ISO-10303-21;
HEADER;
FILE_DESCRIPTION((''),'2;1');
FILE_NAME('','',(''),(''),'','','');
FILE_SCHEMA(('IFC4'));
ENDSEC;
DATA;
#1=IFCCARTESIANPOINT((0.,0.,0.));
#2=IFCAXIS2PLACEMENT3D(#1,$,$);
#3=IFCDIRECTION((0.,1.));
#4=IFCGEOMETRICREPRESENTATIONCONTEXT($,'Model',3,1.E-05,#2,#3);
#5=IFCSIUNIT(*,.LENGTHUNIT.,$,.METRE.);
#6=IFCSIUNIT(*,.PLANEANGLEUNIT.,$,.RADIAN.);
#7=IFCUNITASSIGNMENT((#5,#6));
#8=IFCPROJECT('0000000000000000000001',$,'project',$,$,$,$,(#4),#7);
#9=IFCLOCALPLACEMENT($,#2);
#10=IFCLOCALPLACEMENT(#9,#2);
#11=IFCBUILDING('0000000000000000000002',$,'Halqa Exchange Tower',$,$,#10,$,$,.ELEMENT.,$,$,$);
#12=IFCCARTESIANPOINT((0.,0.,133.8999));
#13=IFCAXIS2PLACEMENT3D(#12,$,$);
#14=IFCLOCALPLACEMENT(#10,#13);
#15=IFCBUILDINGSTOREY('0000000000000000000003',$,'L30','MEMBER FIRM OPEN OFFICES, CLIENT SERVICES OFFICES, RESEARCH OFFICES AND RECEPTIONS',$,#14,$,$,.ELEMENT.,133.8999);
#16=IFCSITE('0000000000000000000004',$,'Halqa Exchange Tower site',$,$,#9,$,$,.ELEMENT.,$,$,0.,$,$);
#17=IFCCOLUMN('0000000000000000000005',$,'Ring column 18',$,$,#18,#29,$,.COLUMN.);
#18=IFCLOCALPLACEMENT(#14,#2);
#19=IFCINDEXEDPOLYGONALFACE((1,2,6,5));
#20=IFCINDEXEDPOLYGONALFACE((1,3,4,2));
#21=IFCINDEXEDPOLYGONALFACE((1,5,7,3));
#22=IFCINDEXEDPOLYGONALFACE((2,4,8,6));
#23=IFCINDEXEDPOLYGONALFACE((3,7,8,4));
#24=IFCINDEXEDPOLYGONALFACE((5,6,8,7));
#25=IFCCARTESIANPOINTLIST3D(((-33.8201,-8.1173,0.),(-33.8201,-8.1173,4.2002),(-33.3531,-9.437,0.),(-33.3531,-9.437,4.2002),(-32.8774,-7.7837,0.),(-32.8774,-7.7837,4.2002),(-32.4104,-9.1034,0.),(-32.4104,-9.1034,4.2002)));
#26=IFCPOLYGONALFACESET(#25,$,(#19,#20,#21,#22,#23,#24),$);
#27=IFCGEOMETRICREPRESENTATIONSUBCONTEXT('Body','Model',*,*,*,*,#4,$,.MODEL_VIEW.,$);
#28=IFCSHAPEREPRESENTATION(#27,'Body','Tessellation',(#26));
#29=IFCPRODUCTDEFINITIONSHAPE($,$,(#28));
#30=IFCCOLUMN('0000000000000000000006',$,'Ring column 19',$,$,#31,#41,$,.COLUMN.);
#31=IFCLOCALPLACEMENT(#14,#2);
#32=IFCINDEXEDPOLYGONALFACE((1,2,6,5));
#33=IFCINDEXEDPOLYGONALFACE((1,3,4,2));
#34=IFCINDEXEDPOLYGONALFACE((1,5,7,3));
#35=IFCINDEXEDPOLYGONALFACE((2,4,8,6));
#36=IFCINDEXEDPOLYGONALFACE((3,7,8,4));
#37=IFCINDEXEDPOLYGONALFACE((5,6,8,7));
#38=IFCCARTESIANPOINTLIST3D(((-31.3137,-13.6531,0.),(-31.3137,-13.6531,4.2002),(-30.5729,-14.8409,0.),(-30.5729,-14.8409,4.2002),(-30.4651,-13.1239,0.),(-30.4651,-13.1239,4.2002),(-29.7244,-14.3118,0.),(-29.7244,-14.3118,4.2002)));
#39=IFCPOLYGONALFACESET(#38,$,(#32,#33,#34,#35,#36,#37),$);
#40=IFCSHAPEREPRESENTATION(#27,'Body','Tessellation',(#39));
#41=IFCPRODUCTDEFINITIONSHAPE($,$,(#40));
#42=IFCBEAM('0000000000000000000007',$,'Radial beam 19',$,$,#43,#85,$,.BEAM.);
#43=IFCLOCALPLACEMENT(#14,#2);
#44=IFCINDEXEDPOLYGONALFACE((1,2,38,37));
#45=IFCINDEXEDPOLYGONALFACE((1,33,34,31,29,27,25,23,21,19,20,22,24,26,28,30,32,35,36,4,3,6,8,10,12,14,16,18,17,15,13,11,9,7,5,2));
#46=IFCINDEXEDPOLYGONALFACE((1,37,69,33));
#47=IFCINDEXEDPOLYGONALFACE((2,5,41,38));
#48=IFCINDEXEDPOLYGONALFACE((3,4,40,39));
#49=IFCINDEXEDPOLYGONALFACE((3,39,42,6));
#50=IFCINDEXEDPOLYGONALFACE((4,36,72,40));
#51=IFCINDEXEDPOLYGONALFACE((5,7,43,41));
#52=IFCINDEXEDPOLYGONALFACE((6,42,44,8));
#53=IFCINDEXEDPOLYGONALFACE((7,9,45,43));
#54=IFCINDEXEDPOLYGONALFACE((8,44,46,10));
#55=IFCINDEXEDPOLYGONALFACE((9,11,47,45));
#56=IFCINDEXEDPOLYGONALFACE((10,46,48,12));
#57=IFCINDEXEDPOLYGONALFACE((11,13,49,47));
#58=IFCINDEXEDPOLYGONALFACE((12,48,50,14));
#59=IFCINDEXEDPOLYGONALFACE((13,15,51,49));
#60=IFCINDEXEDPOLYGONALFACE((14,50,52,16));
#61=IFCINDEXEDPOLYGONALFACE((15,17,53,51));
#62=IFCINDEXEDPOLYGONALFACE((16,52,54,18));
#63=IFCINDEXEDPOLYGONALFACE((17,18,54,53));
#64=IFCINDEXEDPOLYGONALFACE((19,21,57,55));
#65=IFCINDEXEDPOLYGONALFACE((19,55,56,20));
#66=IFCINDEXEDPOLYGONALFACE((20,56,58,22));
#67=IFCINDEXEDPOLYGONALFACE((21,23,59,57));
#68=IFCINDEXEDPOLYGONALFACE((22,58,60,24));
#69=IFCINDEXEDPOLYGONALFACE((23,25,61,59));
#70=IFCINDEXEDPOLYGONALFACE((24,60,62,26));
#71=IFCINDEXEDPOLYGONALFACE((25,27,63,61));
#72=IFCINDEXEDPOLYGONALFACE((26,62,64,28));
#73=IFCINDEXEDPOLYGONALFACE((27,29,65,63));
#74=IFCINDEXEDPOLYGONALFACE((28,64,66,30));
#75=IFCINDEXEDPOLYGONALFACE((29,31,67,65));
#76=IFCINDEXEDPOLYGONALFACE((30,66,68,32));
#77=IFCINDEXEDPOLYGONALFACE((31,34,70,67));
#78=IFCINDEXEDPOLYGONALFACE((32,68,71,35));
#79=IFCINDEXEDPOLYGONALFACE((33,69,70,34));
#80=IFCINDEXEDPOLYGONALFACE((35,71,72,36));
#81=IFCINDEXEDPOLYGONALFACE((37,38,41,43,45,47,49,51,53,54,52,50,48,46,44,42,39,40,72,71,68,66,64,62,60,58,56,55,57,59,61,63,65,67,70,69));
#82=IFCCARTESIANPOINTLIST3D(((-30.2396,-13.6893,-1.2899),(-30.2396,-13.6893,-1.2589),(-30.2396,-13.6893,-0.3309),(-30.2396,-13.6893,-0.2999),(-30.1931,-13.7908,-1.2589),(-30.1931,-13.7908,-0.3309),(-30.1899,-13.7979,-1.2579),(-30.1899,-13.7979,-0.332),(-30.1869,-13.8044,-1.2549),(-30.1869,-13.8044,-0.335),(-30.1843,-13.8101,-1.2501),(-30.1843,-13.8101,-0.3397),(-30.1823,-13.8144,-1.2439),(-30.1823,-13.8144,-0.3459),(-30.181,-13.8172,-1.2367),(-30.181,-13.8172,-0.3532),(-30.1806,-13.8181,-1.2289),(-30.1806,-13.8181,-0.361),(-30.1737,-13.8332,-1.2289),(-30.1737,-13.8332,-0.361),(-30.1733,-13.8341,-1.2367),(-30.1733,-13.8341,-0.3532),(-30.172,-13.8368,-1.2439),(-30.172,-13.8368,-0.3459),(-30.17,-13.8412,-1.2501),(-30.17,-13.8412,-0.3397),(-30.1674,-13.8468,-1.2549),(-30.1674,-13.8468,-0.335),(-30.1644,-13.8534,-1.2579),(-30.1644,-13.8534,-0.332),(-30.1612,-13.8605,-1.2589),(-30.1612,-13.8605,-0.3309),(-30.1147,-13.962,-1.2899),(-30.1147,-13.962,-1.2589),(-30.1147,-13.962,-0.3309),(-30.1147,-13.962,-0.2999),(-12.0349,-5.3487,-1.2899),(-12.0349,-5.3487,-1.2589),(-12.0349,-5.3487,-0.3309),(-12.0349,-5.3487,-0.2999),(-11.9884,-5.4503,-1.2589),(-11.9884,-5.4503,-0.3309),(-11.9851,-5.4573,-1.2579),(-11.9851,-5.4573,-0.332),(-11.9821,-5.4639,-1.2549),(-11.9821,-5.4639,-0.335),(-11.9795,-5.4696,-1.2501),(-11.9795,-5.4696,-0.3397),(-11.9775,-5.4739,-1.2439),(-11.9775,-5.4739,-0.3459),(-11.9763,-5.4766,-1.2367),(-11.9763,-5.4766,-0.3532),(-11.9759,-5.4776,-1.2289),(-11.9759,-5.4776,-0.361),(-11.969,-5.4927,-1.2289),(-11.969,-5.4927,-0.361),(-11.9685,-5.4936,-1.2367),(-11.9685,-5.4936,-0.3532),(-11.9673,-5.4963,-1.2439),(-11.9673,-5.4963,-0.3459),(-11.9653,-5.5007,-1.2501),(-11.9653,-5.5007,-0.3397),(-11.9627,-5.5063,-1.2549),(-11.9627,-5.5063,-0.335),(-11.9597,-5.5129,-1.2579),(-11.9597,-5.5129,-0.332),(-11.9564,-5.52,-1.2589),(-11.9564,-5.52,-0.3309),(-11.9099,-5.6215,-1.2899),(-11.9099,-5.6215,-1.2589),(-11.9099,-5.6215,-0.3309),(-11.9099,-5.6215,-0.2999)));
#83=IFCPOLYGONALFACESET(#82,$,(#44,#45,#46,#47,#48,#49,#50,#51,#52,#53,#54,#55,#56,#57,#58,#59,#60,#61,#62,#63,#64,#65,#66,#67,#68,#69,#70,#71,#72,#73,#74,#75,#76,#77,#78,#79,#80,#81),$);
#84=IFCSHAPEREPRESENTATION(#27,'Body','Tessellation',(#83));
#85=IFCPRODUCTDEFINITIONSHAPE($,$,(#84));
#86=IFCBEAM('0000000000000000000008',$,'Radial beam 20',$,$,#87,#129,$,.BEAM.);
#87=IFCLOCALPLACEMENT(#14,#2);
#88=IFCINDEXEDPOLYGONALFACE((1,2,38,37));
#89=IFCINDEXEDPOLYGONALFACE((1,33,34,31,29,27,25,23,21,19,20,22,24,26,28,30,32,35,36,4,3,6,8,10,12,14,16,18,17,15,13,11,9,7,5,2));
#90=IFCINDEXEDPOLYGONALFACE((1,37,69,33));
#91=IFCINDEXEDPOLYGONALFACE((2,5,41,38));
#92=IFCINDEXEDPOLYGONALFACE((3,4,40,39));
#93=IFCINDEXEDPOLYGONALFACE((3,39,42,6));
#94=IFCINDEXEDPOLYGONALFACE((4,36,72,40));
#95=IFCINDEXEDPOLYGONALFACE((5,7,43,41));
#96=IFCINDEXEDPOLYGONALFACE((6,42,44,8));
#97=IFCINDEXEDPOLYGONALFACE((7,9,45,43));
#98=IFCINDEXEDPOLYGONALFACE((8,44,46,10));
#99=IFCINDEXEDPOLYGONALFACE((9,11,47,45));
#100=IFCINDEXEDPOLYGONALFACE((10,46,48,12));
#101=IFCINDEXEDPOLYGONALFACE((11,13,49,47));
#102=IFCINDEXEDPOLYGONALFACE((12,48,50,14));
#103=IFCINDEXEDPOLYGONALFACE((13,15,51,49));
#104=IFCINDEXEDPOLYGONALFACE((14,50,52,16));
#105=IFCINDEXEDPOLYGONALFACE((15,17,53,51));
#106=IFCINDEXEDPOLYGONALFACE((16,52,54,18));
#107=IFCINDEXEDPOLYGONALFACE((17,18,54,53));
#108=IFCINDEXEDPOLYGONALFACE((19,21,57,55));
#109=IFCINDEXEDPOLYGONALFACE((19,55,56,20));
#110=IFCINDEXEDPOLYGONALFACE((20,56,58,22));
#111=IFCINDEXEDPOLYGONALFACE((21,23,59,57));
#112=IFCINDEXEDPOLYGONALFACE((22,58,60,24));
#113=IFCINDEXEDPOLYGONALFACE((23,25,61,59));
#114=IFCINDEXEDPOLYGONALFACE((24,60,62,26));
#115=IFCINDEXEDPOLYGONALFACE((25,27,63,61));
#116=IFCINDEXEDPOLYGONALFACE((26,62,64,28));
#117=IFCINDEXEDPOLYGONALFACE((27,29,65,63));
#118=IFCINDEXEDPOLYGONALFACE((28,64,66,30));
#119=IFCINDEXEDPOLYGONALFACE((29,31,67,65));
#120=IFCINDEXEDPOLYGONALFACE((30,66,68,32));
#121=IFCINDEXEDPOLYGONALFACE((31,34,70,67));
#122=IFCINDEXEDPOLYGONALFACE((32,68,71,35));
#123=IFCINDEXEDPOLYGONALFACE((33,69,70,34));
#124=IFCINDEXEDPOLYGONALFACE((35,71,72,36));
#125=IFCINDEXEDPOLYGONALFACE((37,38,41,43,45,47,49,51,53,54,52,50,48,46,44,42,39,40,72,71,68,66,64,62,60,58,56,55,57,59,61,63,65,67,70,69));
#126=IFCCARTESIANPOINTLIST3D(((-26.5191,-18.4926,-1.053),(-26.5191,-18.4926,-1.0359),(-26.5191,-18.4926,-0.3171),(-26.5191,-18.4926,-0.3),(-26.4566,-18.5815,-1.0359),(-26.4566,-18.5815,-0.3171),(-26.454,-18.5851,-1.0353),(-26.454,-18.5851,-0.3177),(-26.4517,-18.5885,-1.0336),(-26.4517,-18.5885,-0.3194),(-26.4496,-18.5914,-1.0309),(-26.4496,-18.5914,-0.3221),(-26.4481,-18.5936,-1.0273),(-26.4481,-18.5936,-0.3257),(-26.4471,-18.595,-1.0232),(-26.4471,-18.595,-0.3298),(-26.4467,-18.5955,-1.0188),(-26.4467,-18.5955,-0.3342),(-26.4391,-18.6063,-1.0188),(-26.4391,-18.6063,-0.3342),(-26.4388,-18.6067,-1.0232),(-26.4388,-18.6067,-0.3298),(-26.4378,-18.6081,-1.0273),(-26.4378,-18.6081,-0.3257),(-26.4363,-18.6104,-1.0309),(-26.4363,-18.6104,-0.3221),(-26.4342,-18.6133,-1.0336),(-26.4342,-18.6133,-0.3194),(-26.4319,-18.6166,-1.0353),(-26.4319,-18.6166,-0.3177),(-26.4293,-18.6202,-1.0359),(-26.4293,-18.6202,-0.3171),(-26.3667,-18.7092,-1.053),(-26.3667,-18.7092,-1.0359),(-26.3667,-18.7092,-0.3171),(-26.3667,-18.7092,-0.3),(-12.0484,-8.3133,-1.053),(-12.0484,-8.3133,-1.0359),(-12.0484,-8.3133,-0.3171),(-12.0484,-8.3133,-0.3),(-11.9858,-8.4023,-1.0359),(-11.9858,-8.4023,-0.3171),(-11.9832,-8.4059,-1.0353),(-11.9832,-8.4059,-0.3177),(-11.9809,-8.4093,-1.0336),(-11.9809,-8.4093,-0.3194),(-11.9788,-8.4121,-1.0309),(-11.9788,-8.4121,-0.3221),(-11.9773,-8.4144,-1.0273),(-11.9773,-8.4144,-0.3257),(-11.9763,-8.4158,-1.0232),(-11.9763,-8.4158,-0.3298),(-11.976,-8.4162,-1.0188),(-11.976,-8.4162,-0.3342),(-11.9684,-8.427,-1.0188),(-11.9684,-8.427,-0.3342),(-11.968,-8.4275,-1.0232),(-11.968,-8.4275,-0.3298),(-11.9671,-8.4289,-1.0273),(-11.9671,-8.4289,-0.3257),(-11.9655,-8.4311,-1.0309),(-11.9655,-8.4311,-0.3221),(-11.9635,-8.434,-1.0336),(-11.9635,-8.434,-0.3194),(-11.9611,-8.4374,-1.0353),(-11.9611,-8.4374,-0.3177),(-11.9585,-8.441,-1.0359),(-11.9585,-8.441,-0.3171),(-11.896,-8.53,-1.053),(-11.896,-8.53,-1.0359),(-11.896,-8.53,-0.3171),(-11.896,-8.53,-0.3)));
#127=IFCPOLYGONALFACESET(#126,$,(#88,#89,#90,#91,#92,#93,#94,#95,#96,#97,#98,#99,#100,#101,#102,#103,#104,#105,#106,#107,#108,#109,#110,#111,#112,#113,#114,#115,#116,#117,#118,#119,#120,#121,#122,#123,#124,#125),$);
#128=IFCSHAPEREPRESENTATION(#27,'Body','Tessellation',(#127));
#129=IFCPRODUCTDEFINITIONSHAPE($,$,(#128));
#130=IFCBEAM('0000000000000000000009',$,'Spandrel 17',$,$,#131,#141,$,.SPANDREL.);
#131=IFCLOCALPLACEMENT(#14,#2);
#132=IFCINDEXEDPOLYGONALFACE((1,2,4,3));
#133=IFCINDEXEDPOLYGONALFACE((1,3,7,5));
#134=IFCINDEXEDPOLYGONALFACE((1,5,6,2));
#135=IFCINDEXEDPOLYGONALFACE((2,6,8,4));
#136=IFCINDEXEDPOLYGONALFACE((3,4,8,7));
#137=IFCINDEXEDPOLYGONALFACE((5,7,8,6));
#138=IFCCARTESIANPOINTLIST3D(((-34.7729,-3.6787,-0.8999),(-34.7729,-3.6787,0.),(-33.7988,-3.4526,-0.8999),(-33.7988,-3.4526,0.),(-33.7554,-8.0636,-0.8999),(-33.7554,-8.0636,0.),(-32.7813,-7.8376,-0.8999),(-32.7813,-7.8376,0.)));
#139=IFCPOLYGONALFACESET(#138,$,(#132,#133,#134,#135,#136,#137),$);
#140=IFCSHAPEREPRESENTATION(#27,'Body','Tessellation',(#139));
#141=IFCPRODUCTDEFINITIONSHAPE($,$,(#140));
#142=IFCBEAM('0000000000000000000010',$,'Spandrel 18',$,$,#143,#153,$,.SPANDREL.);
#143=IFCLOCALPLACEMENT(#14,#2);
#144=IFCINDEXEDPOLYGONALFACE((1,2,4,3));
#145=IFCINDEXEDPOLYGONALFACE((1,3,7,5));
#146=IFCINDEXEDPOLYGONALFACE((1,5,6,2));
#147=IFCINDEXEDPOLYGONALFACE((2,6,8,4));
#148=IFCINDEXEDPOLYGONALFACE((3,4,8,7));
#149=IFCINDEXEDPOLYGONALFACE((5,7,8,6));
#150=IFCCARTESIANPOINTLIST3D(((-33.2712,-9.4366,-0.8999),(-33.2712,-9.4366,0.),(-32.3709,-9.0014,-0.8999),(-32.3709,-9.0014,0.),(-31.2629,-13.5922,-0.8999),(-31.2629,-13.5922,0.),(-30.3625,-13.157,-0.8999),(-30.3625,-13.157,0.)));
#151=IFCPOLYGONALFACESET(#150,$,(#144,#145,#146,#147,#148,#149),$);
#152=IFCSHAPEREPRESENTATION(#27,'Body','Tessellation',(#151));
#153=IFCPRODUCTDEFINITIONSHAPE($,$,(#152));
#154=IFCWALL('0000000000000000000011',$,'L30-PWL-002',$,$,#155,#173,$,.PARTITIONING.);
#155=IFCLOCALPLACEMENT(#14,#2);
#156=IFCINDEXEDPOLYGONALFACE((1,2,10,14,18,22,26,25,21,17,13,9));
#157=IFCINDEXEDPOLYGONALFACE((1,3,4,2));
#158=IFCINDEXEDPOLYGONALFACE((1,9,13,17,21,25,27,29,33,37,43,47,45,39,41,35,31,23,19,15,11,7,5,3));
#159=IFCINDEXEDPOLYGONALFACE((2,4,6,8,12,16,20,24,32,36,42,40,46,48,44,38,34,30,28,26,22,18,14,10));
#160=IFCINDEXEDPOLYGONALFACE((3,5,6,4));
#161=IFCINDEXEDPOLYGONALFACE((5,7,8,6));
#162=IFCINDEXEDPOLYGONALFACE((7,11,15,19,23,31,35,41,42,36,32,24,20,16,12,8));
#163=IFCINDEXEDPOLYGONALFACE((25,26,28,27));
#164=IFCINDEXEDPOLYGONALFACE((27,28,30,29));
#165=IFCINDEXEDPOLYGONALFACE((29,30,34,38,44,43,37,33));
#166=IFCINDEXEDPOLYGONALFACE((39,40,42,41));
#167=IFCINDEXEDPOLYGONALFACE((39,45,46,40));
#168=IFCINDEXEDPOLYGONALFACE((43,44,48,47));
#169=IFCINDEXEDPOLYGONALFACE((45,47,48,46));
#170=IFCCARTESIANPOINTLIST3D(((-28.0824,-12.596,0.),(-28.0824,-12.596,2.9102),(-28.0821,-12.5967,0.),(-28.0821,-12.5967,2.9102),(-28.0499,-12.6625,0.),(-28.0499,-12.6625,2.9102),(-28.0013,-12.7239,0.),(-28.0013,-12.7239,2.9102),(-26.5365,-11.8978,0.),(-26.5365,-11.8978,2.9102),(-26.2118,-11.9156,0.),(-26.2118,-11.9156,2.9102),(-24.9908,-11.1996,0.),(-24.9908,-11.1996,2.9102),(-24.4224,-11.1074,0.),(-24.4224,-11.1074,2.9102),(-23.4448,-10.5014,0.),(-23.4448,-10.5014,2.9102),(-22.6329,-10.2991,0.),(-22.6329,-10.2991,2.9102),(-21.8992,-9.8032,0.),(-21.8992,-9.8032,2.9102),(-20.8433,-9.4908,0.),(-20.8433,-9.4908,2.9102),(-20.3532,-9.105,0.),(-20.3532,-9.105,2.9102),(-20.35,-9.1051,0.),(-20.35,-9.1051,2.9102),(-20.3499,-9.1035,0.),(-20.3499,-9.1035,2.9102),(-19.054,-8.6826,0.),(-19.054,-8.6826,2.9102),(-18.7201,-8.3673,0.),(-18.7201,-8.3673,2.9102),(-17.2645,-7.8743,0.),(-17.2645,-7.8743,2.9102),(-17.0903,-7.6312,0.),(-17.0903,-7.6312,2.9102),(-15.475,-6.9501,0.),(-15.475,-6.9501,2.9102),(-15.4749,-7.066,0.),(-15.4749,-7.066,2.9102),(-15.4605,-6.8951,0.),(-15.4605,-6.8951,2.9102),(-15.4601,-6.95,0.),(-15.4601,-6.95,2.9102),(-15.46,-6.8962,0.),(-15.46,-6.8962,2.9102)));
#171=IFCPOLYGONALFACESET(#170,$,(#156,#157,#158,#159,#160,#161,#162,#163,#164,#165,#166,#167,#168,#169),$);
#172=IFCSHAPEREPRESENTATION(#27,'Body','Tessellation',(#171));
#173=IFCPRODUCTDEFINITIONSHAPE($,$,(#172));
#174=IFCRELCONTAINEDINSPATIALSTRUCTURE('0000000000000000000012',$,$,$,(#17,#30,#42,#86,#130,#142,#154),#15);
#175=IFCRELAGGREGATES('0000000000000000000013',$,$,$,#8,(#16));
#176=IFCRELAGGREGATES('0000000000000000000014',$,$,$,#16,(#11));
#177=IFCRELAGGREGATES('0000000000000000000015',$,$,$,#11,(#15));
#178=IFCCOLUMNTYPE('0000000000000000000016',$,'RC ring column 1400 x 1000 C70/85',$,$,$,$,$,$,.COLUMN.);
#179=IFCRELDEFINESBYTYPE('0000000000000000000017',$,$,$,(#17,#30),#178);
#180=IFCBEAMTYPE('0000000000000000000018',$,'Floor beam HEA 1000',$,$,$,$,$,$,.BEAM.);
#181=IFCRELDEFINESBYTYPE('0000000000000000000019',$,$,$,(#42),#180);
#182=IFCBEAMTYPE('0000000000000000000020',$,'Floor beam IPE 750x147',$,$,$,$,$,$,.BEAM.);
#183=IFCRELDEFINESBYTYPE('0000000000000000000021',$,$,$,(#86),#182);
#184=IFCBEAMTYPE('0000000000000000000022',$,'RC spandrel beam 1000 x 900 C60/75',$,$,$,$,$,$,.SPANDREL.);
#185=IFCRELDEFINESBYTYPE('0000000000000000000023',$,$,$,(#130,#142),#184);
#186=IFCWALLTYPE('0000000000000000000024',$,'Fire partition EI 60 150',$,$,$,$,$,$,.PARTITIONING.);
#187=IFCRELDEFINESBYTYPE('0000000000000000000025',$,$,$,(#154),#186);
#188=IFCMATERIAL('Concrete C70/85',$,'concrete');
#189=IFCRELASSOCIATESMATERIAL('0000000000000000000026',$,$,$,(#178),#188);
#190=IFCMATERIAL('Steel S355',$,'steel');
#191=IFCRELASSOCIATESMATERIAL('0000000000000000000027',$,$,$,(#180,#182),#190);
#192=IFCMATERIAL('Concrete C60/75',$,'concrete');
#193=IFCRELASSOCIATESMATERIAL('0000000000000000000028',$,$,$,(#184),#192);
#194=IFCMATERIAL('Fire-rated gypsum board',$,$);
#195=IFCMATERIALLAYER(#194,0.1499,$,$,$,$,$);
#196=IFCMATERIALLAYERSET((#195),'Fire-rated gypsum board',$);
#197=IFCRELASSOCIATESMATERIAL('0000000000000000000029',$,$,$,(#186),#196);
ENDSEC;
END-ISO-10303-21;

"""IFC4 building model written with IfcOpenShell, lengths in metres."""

from ifc_helpers import new_model, si_unit, direction, frame, origin, origin_2d, place, context, subcontext, project, spatial, polyline, rectangle, i_section, outline, extrude, material, layer, layer_set, material_profile, profile_set, type_object, element, save


model = new_model("IFC4")

# Units and contexts
model_context = context("Model", 3, precision=1e-05, world=origin(), true_north=direction((0.0, 1.0)))
body_context = subcontext(model_context, "Body", "Model", "MODEL_VIEW")
ifc_project = project(units=[si_unit("LENGTHUNIT", "METRE"), si_unit("PLANEANGLEUNIT", "RADIAN")], contexts=[model_context])

# Site, building, storey
site_placement = place(None, origin())
site = spatial("IfcSite", under=ifc_project, at=site_placement, Name="Halqa Exchange Tower site", CompositionType="ELEMENT", RefElevation=0.0)
building_placement = place(site_placement, origin())
building = spatial("IfcBuilding", under=site, at=building_placement, Name="Halqa Exchange Tower", CompositionType="ELEMENT")
storey_placement = place(building_placement, frame((0.0, 0.0, 133.8999)))
storey = spatial("IfcBuildingStorey", under=building, at=storey_placement, Name="L30", Description="MEMBER FIRM OPEN OFFICES, CLIENT SERVICES OFFICES, RESEARCH OFFICES AND RECEPTIONS", CompositionType="ELEMENT", Elevation=133.8999)

# Columns
ifc_material_1 = material(Name="Concrete C70/85", Category="concrete")
ifc_material_profile_1 = material_profile(ifc_material_1, rectangle(XDim=1.3999, YDim=1.0, at=origin_2d()), Name="1400 x 1000")
ifc_profile_set_1 = profile_set([ifc_material_profile_1], Name="Concrete C70/85")
column_type = type_object("IfcColumnType", Name="RC ring column 1400 x 1000 C70/85", PredefinedType="COLUMN", material=ifc_profile_set_1)
for number, where, z_axis, x_axis, name in (
    (1, (-33.1152, -8.6104, 0.0), (0.0, 0.0, 1.0), (0.333636, -0.942702, 0.0), "Ring column 18"),
    (2, (-30.519, -13.9824, 0.0), (0.0, 0.0, 1.0), (0.529138, -0.848536, 0.0), "Ring column 19"),
):
    element("IfcColumn", number, at=place(storey_placement, frame(where, z_axis=z_axis, x_axis=x_axis)), inside=storey, type_object=column_type, Name=name, PredefinedType="COLUMN", context=body_context, shape_type="SweptSolid", body=[
        extrude(rectangle(XDim=1.3999, YDim=1.0, at=origin_2d()), origin(), (0.0, 0.0, 1.0), 4.2002),
    ])

# Beams
ifc_material_2 = material(Name="Steel S355", Category="steel")
ifc_material_profile_2 = material_profile(ifc_material_2, i_section(OverallWidth=0.3, OverallDepth=0.99, WebThickness=0.0166, FlangeThickness=0.031, FilletRadius=0.03, at=origin_2d()), Name="HEA 1000")
ifc_profile_set_2 = profile_set([ifc_material_profile_2], Name="Steel S355")
beam_type_1 = type_object("IfcBeamType", Name="Floor beam HEA 1000", PredefinedType="BEAM", material=ifc_profile_set_2)
beam_1_placement = place(storey_placement, frame((-11.9724, -5.4851, -0.7949), z_axis=(-0.909127, -0.416518, 0.0), x_axis=(0.416518, -0.909127, 0.0)))
element("IfcBeam", 3, at=beam_1_placement, inside=storey, type_object=beam_type_1, Name="Radial beam 19", PredefinedType="BEAM", context=body_context, shape_type="SweptSolid", body=[
    extrude(i_section(OverallWidth=0.3, OverallDepth=0.99, WebThickness=0.0166, FlangeThickness=0.031, FilletRadius=0.03, at=origin_2d()), origin(), (0.0, 0.0, 1.0), 20.0244),
])
ifc_material_profile_3 = material_profile(ifc_material_2, i_section(OverallWidth=0.2649, OverallDepth=0.7529, WebThickness=0.0132, FlangeThickness=0.0171, FilletRadius=0.0171, at=origin_2d()), Name="IPE 750x147")
ifc_profile_set_3 = profile_set([ifc_material_profile_3], Name="Steel S355")
beam_type_2 = type_object("IfcBeamType", Name="Floor beam IPE 750x147", PredefinedType="BEAM", material=ifc_profile_set_3)
beam_2_placement = place(storey_placement, frame((-11.9722, -8.4216, -0.6765), z_axis=(-0.81791, -0.575346, 0.0), x_axis=(0.575346, -0.81791, 0.0)))
element("IfcBeam", 4, at=beam_2_placement, inside=storey, type_object=beam_type_2, Name="Radial beam 20", PredefinedType="BEAM", context=body_context, shape_type="SweptSolid", body=[
    extrude(i_section(OverallWidth=0.2649, OverallDepth=0.7529, WebThickness=0.0132, FlangeThickness=0.0171, FilletRadius=0.0171, at=origin_2d()), origin(), (0.0, 0.0, 1.0), 17.6924),
])
ifc_material_3 = material(Name="Concrete C60/75", Category="concrete")
ifc_material_profile_4 = material_profile(ifc_material_3, rectangle(XDim=1.0, YDim=0.8999, at=origin_2d()), Name="1000 x 900")
ifc_profile_set_4 = profile_set([ifc_material_profile_4], Name="Concrete C60/75")
beam_type_3 = type_object("IfcBeamType", Name="RC spandrel beam 1000 x 900 C60/75", PredefinedType="SPANDREL", material=ifc_profile_set_4)
beam_3_placement = place(storey_placement, frame((-34.2859, -3.5657, -0.45), z_axis=(0.226052, -0.974115, 0.0), x_axis=(0.974115, 0.226052, 0.0)))
element("IfcBeam", 5, at=beam_3_placement, inside=storey, type_object=beam_type_3, Name="Spandrel 17", PredefinedType="SPANDREL", context=body_context, shape_type="SweptSolid", body=[
    extrude(rectangle(XDim=1.0, YDim=0.8999, at=origin_2d()), origin(), (0.0, 0.0, 1.0), 4.5015),
])
beam_4_placement = place(storey_placement, frame((-32.821, -9.219, -0.45), z_axis=(0.435134, -0.900366, 0.0), x_axis=(0.900366, 0.435134, 0.0)))
element("IfcBeam", 6, at=beam_4_placement, inside=storey, type_object=beam_type_3, Name="Spandrel 18", PredefinedType="SPANDREL", context=body_context, shape_type="SweptSolid", body=[
    extrude(rectangle(XDim=1.0, YDim=0.8999, at=origin_2d()), origin(), (0.0, 0.0, 1.0), 4.6155),
])

# Wall
ifc_material_4 = material(Name="Fire-rated gypsum board")
ifc_layer_1 = layer(ifc_material_4, 0.1499)
ifc_layer_set_1 = layer_set([ifc_layer_1], Name="Fire-rated gypsum board")
wall_type_1 = type_object("IfcWallType", Name="Fire partition EI 60 150", PredefinedType="PARTITIONING", material=ifc_layer_set_1)
wall_1_placement = place(storey_placement, frame((-28.0515, -12.6643, 0.0), z_axis=(0.0, 0.0, 1.0), x_axis=(0.91135, 0.411632, 0.0)))
element("IfcWall", 7, at=wall_1_placement, inside=storey, type_object=wall_type_1, Name="L30-PWL-002", PredefinedType="PARTITIONING", context=body_context, shape_type="SweptSolid", body=[
    extrude(outline(polyline([(0.0212, -0.075), (1.9849, -0.075), (3.9482, -0.075), (5.9119, -0.075), (7.8755, -0.075), (9.8389, -0.075), (11.8025, -0.075), (13.7661, -0.075), (13.8137, 0.0308), (13.8274, 0.0247), (13.8496, 0.0737), (13.8496, 0.075), (12.0613, 0.075), (10.2729, 0.075), (8.4846, 0.075), (8.4839, 0.0735), (8.481, 0.075), (6.7847, 0.075), (5.0886, 0.075), (3.3923, 0.075), (1.6963, 0.075), (0.0, 0.075), (0.0, 0.0742), (0.0022, 0.001), (0.0212, -0.075)])), origin(), (0.0, 0.0, 1.0), 2.9102),
])

save(model, "model.ifc")
